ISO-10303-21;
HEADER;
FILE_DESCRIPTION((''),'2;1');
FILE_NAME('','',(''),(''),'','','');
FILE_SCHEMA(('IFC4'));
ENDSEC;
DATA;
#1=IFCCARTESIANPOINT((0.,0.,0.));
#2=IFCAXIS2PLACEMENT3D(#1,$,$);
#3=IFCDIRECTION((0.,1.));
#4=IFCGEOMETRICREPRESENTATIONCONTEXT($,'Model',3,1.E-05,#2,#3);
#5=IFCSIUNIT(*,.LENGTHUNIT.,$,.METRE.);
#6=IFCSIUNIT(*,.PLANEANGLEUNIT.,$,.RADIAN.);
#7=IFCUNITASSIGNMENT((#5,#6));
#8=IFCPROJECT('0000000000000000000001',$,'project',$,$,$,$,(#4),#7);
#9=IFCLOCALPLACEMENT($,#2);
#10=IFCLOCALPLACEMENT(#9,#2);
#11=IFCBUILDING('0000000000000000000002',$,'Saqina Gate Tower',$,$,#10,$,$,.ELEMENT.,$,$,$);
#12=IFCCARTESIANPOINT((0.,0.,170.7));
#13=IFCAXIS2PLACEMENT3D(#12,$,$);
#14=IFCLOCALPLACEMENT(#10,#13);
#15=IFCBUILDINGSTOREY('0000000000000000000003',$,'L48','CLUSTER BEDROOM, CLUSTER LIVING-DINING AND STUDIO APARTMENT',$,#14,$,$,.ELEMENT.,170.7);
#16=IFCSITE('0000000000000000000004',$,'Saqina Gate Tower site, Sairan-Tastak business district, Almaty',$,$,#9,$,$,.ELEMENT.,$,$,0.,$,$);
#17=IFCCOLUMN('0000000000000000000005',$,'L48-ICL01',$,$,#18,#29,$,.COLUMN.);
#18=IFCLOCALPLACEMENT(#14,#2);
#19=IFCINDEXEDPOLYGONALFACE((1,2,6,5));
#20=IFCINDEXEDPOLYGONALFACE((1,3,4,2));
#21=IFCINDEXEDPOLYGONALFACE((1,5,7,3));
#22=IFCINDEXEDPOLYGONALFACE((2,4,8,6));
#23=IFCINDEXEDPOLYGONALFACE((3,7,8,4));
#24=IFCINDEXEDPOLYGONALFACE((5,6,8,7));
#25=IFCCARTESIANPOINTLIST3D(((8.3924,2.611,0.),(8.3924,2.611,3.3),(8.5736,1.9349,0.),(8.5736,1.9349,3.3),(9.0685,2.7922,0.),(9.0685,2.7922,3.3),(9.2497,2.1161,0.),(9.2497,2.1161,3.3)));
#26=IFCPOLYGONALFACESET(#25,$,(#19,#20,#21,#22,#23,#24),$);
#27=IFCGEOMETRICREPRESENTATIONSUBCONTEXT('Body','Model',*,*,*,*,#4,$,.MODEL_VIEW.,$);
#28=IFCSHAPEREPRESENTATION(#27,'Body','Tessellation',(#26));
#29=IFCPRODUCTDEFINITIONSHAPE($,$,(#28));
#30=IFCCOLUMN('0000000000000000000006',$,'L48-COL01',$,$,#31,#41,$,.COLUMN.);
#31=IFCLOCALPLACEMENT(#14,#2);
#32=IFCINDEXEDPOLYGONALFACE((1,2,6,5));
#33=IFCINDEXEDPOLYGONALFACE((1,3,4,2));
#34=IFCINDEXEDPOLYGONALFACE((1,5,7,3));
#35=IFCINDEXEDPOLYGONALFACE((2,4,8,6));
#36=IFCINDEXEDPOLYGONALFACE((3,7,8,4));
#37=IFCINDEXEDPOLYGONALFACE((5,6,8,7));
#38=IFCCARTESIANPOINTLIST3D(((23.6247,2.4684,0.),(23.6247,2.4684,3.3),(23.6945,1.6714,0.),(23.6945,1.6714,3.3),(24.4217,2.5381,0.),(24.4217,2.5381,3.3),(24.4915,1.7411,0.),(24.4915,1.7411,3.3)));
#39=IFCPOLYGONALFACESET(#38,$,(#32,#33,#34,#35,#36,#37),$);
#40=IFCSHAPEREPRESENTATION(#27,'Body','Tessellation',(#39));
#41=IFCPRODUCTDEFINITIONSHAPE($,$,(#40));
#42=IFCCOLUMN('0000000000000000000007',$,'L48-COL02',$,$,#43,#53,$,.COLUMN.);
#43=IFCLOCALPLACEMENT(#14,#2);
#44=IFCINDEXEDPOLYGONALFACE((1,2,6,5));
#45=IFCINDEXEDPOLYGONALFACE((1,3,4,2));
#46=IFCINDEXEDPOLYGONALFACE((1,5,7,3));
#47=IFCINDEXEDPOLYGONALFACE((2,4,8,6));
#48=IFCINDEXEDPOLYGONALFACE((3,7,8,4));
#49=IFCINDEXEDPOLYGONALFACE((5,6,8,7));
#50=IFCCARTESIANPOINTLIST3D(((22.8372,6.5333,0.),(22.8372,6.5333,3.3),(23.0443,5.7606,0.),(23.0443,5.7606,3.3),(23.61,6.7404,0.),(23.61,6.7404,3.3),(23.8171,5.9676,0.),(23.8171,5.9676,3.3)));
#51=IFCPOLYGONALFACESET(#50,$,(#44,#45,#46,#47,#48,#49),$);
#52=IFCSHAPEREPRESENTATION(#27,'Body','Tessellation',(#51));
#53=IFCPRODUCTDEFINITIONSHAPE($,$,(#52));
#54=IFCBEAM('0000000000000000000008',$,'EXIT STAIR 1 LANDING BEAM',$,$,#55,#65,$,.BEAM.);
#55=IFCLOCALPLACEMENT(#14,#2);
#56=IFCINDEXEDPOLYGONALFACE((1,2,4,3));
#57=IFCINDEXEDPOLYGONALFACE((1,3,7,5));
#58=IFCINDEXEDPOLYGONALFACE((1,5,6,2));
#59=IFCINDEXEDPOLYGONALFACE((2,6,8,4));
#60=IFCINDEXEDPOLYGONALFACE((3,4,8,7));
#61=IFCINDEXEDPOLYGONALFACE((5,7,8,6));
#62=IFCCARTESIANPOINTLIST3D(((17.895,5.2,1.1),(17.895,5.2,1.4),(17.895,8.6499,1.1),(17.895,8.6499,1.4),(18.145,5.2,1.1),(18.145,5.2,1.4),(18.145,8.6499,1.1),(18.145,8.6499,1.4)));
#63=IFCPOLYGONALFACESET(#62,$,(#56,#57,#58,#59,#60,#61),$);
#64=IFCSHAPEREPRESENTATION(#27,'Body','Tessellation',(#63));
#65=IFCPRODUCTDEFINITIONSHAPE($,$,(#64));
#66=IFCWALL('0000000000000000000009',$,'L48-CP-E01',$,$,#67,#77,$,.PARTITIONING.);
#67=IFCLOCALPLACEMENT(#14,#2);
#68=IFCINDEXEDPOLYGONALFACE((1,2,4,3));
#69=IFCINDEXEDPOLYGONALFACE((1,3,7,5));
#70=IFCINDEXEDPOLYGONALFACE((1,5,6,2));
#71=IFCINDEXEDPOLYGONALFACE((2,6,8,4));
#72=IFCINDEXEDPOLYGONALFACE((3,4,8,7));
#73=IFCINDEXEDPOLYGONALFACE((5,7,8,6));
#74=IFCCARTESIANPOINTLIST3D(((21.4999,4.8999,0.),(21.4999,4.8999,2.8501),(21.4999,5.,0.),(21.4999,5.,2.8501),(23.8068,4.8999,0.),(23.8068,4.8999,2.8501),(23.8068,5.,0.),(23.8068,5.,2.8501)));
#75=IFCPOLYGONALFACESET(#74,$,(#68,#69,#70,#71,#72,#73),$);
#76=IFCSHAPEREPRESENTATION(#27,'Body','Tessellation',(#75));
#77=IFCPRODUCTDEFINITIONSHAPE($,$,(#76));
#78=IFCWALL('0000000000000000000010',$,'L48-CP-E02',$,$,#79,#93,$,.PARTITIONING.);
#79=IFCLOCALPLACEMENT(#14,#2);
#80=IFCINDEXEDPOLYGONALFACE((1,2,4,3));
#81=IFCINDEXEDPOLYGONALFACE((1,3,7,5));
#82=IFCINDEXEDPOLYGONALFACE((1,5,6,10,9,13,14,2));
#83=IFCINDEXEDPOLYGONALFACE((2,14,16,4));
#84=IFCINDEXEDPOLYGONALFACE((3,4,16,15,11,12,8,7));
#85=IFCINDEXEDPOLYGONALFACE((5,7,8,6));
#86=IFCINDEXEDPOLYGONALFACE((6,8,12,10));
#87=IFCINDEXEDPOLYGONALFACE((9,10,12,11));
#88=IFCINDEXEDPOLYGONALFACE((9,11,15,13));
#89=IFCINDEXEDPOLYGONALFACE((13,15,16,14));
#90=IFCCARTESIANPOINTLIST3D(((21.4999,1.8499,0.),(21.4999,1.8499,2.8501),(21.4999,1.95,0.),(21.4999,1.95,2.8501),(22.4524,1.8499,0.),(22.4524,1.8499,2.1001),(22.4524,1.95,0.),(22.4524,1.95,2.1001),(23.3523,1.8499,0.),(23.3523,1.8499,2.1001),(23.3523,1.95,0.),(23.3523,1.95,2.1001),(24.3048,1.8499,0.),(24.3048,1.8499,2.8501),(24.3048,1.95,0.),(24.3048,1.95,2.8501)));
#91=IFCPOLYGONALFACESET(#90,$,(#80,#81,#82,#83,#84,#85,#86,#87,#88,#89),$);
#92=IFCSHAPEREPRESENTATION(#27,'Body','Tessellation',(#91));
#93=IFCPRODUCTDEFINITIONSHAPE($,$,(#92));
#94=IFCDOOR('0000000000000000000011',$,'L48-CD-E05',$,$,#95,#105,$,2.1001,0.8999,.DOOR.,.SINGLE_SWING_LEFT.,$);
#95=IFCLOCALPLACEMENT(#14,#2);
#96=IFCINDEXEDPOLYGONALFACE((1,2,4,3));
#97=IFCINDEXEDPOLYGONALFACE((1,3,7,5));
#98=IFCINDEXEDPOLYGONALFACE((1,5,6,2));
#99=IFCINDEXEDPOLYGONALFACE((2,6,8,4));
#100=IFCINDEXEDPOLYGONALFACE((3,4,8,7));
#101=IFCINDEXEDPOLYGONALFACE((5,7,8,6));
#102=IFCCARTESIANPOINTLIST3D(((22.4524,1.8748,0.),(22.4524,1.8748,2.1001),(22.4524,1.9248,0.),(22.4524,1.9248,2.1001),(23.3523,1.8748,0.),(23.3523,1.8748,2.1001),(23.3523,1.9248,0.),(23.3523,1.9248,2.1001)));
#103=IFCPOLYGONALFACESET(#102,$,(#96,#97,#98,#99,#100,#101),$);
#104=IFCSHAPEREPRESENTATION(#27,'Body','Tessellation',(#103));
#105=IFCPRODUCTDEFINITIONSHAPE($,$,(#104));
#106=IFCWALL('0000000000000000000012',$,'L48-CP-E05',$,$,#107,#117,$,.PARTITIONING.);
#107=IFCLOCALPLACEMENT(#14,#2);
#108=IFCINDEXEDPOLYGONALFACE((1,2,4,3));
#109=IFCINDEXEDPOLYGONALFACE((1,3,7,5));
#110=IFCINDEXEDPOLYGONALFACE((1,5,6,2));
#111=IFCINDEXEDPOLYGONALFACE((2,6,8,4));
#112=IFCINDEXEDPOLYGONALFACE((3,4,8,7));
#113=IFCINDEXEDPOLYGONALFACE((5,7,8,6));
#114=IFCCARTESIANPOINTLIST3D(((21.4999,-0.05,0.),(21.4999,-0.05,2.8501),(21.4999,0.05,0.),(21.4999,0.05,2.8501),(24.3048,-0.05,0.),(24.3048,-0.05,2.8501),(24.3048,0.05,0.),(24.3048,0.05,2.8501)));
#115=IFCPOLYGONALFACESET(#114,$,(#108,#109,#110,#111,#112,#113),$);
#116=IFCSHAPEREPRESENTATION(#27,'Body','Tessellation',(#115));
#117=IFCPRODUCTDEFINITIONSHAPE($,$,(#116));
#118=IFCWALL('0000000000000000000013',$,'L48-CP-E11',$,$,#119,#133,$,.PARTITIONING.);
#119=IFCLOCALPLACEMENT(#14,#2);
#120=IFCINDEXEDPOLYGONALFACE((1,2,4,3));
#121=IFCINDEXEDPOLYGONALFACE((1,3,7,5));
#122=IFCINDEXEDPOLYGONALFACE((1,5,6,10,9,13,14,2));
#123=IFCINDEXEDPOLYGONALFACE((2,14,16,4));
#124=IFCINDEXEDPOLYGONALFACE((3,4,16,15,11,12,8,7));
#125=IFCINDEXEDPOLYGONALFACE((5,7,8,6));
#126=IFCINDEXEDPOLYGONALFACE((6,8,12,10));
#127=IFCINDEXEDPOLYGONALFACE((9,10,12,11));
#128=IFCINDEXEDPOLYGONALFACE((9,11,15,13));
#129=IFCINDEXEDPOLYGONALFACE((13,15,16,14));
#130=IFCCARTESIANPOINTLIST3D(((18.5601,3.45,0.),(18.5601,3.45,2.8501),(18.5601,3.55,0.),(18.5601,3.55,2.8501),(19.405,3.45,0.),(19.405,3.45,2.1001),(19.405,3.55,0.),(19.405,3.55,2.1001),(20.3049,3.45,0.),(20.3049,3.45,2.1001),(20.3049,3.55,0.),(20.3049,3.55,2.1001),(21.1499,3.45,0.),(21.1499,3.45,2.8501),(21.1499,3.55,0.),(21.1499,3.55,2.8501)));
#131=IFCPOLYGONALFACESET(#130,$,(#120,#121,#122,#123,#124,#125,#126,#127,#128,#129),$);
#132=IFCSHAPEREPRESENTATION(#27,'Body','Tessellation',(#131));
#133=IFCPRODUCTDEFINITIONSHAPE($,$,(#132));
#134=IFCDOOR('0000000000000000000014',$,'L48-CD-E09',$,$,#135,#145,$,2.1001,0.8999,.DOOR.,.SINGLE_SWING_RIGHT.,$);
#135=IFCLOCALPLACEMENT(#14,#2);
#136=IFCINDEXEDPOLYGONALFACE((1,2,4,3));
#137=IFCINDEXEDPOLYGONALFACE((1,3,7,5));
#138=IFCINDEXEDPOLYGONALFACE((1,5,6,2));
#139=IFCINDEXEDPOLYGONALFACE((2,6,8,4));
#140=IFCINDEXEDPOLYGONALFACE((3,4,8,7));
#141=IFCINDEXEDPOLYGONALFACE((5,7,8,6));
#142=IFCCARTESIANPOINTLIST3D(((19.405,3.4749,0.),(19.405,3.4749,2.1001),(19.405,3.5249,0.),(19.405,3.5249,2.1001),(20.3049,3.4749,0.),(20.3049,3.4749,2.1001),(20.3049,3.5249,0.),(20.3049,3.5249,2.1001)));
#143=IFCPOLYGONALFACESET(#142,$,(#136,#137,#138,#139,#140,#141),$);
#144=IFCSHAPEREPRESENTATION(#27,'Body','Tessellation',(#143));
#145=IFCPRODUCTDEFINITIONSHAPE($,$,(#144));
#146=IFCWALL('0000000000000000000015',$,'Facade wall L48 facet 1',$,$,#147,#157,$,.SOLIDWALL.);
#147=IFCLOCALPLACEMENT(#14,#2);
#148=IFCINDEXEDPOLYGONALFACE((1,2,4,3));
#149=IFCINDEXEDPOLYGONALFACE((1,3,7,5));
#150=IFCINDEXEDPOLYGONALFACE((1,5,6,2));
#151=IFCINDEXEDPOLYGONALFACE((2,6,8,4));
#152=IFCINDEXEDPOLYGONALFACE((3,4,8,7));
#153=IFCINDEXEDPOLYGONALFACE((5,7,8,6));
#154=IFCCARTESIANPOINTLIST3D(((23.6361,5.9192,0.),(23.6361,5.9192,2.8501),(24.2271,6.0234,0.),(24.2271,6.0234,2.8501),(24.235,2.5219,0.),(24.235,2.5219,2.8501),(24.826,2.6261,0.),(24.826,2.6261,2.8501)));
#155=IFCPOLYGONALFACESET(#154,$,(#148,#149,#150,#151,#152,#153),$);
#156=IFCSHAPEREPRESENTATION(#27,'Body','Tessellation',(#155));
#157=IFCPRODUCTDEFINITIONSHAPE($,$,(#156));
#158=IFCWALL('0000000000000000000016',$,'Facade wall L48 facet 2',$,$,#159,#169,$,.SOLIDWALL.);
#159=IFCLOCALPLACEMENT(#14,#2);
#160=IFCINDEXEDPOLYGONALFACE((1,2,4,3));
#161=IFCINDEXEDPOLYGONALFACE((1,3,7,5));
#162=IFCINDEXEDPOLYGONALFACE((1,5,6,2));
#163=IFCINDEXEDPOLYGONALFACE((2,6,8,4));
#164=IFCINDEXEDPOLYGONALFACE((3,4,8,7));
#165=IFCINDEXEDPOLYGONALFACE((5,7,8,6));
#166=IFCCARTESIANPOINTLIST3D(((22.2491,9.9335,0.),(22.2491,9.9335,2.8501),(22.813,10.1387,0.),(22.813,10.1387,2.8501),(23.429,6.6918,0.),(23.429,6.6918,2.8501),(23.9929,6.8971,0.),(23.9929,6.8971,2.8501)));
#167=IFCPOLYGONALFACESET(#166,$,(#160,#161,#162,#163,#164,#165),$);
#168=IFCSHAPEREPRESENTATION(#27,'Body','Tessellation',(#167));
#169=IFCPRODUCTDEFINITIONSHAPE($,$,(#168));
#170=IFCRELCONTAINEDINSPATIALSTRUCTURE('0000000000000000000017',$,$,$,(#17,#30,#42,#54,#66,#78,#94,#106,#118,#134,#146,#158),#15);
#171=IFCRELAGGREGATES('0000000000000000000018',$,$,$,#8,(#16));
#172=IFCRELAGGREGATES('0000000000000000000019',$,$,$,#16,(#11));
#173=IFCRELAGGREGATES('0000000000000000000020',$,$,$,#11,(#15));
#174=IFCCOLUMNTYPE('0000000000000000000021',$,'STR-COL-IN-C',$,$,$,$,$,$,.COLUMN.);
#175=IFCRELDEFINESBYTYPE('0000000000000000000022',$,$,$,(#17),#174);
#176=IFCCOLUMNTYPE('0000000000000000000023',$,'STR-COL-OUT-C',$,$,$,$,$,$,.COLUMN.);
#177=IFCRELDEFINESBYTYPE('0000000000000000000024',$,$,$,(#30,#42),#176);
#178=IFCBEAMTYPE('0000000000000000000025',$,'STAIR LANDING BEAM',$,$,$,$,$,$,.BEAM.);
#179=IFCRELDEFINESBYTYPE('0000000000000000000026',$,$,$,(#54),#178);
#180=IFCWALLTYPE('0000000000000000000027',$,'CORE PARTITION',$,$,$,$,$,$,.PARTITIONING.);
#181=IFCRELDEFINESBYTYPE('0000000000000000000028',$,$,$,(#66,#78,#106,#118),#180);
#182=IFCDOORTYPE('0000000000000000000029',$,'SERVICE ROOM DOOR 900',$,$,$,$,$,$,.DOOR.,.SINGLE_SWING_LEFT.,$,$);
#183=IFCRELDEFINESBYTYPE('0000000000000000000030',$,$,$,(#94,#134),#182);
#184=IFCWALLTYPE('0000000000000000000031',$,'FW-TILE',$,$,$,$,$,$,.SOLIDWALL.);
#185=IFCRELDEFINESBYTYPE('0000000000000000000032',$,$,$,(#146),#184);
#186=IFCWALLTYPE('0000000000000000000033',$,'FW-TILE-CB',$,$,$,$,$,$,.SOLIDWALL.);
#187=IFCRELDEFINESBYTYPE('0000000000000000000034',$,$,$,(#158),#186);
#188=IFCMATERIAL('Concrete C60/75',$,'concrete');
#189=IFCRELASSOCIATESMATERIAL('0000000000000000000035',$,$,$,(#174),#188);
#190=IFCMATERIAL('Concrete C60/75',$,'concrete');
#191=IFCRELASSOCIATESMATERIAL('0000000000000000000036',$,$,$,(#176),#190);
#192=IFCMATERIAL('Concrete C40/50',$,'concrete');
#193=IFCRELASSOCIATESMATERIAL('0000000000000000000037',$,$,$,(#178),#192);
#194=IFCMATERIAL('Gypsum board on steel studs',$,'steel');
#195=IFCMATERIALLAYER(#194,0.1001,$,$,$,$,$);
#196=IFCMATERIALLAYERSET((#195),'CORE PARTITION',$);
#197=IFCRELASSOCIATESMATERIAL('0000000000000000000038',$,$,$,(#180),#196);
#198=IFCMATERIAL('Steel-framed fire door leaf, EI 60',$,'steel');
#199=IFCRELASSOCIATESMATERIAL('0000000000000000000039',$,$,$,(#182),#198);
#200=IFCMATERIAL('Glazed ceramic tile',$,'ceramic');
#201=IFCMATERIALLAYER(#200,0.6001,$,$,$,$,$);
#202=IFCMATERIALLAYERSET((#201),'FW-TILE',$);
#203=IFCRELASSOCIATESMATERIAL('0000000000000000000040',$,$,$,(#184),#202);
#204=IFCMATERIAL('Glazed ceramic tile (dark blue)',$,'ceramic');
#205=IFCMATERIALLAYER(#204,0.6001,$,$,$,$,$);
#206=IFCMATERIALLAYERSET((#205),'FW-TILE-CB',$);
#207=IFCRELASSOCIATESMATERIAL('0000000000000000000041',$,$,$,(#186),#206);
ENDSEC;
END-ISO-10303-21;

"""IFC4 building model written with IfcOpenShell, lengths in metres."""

from ifc_helpers import new_model, si_unit, direction, frame, frame_2d, origin, origin_2d, place, context, subcontext, project, spatial, rectangle, extrude, material, layer, layer_set, material_profile, profile_set, type_object, element, fill, save


model = new_model("IFC4")

# Units and contexts
model_context = context("Model", 3, precision=1e-05, world=origin(), true_north=direction((0.0, 1.0)))
body_context = subcontext(model_context, "Body", "Model", "MODEL_VIEW")
ifc_project = project(units=[si_unit("LENGTHUNIT", "METRE"), si_unit("PLANEANGLEUNIT", "RADIAN")], contexts=[model_context])

# Site, building, storey
site_placement = place(None, origin())
site = spatial("IfcSite", under=ifc_project, at=site_placement, Name="Saqina Gate Tower site, Sairan-Tastak business district, Almaty", CompositionType="ELEMENT", RefElevation=0.0)
building_placement = place(site_placement, origin())
building = spatial("IfcBuilding", under=site, at=building_placement, Name="Saqina Gate Tower", CompositionType="ELEMENT")
storey_placement = place(building_placement, frame((0.0, 0.0, 170.7)))
storey = spatial("IfcBuildingStorey", under=building, at=storey_placement, Name="L48", Description="CLUSTER BEDROOM, CLUSTER LIVING-DINING AND STUDIO APARTMENT", CompositionType="ELEMENT", Elevation=170.7)

# Columns
ifc_material_1 = material(Name="Concrete C60/75", Category="concrete")
ifc_material_profile_1 = material_profile(ifc_material_1, rectangle(XDim=0.7, YDim=0.7, at=origin_2d()), Name="RC 700x700")
ifc_profile_set_1 = profile_set([ifc_material_profile_1], Name="Concrete C60/75")
column_type_1 = type_object("IfcColumnType", Name="STR-COL-IN-C", PredefinedType="COLUMN", material=ifc_profile_set_1)
column_placement = place(storey_placement, frame((8.821, 2.3635, 0.0), z_axis=(0.0, 0.0, 1.0), x_axis=(0.965926, 0.258819, 0.0)))
element("IfcColumn", 1, at=column_placement, inside=storey, type_object=column_type_1, Name="L48-ICL01", PredefinedType="COLUMN", context=body_context, shape_type="SweptSolid", body=[
    extrude(rectangle(XDim=0.7, YDim=0.7, at=origin_2d()), origin(), (0.0, 0.0, 1.0), 3.3),
])
ifc_material_2 = material(Name="Concrete C60/75", Category="concrete")
ifc_material_profile_2 = material_profile(ifc_material_2, rectangle(XDim=0.8, YDim=0.8, at=origin_2d()), Name="RC 800x800")
ifc_profile_set_2 = profile_set([ifc_material_profile_2], Name="Concrete C60/75")
column_type_2 = type_object("IfcColumnType", Name="STR-COL-OUT-C", PredefinedType="COLUMN", material=ifc_profile_set_2)
for number, where, z_axis, x_axis, name in (
    (2, (24.0581, 2.1047, 0.0), (0.0, 0.0, 1.0), (0.996195, 0.087156, 0.0), "L48-COL01"),
    (3, (23.3271, 6.2505, 0.0), (0.0, 0.0, 1.0), (0.965926, 0.258819, 0.0), "L48-COL02"),
):
    element("IfcColumn", number, at=place(storey_placement, frame(where, z_axis=z_axis, x_axis=x_axis)), inside=storey, type_object=column_type_2, Name=name, PredefinedType="COLUMN", context=body_context, shape_type="SweptSolid", body=[
        extrude(rectangle(XDim=0.8, YDim=0.8, at=origin_2d()), origin(), (0.0, 0.0, 1.0), 3.3),
    ])

# Beam
ifc_material_3 = material(Name="Concrete C40/50", Category="concrete")
ifc_material_profile_3 = material_profile(ifc_material_3, rectangle(XDim=0.25, YDim=0.3, at=origin_2d()), Name="STAIR LANDING BEAM")
ifc_profile_set_3 = profile_set([ifc_material_profile_3], Name="Concrete C40/50")
beam_type = type_object("IfcBeamType", Name="STAIR LANDING BEAM", PredefinedType="BEAM", material=ifc_profile_set_3)
beam_placement = place(storey_placement, frame((18.02, 5.2, 1.25), z_axis=(0.0, 1.0, 0.0), x_axis=(-1.0, 0.0, 0.0)))
element("IfcBeam", 4, at=beam_placement, inside=storey, type_object=beam_type, Name="EXIT STAIR 1 LANDING BEAM", PredefinedType="BEAM", context=body_context, shape_type="SweptSolid", body=[
    extrude(rectangle(XDim=0.25, YDim=0.3, at=origin_2d()), origin(), (0.0, 0.0, 1.0), 3.45),
])

# Wall
ifc_material_4 = material(Name="Gypsum board on steel studs", Category="steel")
ifc_layer_1 = layer(ifc_material_4, 0.1001)
ifc_layer_set_1 = layer_set([ifc_layer_1], Name="CORE PARTITION")
wall_type_1 = type_object("IfcWallType", Name="CORE PARTITION", PredefinedType="PARTITIONING", material=ifc_layer_set_1)
wall_1_placement = place(storey_placement, frame((21.5, 4.95, 0.0), z_axis=(0.0, 0.0, 1.0), x_axis=(1.0, 0.0, 0.0)))
element("IfcWall", 5, at=wall_1_placement, inside=storey, type_object=wall_type_1, Name="L48-CP-E01", PredefinedType="PARTITIONING", context=body_context, shape_type="SweptSolid", body=[
    extrude(rectangle(XDim=2.3069, YDim=0.1001, at=frame_2d((1.1533, 0.0))), origin(), (0.0, 0.0, 1.0), 2.8501),
])

# Wall, opening, door
wall_2_placement = place(storey_placement, frame((21.5, 1.8999, 0.0), z_axis=(0.0, 0.0, 1.0), x_axis=(1.0, 0.0, 0.0)))
wall_2 = element("IfcWall", 6, at=wall_2_placement, inside=storey, type_object=wall_type_1, Name="L48-CP-E02", PredefinedType="PARTITIONING", context=body_context, shape_type="SweptSolid", body=[
    extrude(rectangle(XDim=2.8049, YDim=0.1001, at=frame_2d((1.4023, 0.0))), origin(), (0.0, 0.0, 1.0), 2.8501),
])
opening_1_placement = place(wall_2_placement, frame((0.9524, 0.0, 0.0)))
opening_1 = element("IfcOpeningElement", 7, at=opening_1_placement, cuts=wall_2, PredefinedType="OPENING", context=body_context, shape_type="SweptSolid", body=[
    extrude(rectangle(XDim=0.8999, YDim=2.1001, at=frame_2d((0.45, 1.05))), frame((0.0, 0.062, 0.0), z_axis=(0.0, -1.0, 0.0), x_axis=(1.0, 0.0, 0.0)), (0.0, 0.0, 1.0), 0.124),
])
ifc_material_5 = material(Name="Steel-framed fire door leaf, EI 60", Category="steel")
door_type_1 = type_object("IfcDoorType", Name="SERVICE ROOM DOOR 900", OperationType="SINGLE_SWING_LEFT", PredefinedType="DOOR", material=ifc_material_5)
door_1_placement = place(opening_1_placement, origin())
door_1 = element("IfcDoor", 8, at=door_1_placement, inside=storey, type_object=door_type_1, Name="L48-CD-E05", OperationType="SINGLE_SWING_LEFT", OverallHeight=2.1001, OverallWidth=0.8999, PredefinedType="DOOR", context=body_context, shape_type="SweptSolid", body=[
    extrude(rectangle(XDim=0.8999, YDim=2.1001, at=frame_2d((0.45, 1.05))), frame((0.0, 0.0249, 0.0), z_axis=(0.0, -1.0, 0.0), x_axis=(1.0, 0.0, 0.0)), (0.0, 0.0, 1.0), 0.05),
])
fill(opening_1, door_1)

# Wall
wall_3_placement = place(storey_placement, frame((21.5, 0.0, 0.0), z_axis=(0.0, 0.0, 1.0), x_axis=(1.0, 0.0, 0.0)))
element("IfcWall", 9, at=wall_3_placement, inside=storey, type_object=wall_type_1, Name="L48-CP-E05", PredefinedType="PARTITIONING", context=body_context, shape_type="SweptSolid", body=[
    extrude(rectangle(XDim=2.8049, YDim=0.1001, at=frame_2d((1.4023, 0.0))), origin(), (0.0, 0.0, 1.0), 2.8501),
])

# Wall, opening, door
wall_4_placement = place(storey_placement, frame((18.5601, 3.5, 0.0), z_axis=(0.0, 0.0, 1.0), x_axis=(1.0, 0.0, 0.0)))
wall_4 = element("IfcWall", 10, at=wall_4_placement, inside=storey, type_object=wall_type_1, Name="L48-CP-E11", PredefinedType="PARTITIONING", context=body_context, shape_type="SweptSolid", body=[
    extrude(rectangle(XDim=2.5898, YDim=0.1001, at=frame_2d((1.2949, 0.0))), origin(), (0.0, 0.0, 1.0), 2.8501),
])
opening_2_placement = place(wall_4_placement, frame((0.845, 0.0, 0.0)))
opening_2 = element("IfcOpeningElement", 11, at=opening_2_placement, cuts=wall_4, PredefinedType="OPENING", context=body_context, shape_type="SweptSolid", body=[
    extrude(rectangle(XDim=0.8999, YDim=2.1001, at=frame_2d((0.45, 1.05))), frame((0.0, 0.062, 0.0), z_axis=(0.0, -1.0, 0.0), x_axis=(1.0, 0.0, 0.0)), (0.0, 0.0, 1.0), 0.124),
])
door_2_placement = place(opening_2_placement, origin())
door_2 = element("IfcDoor", 12, at=door_2_placement, inside=storey, type_object=door_type_1, Name="L48-CD-E09", OperationType="SINGLE_SWING_RIGHT", OverallHeight=2.1001, OverallWidth=0.8999, PredefinedType="DOOR", context=body_context, shape_type="SweptSolid", body=[
    extrude(rectangle(XDim=0.8999, YDim=2.1001, at=frame_2d((0.45, 1.05))), frame((0.0, 0.0249, 0.0), z_axis=(0.0, -1.0, 0.0), x_axis=(1.0, 0.0, 0.0)), (0.0, 0.0, 1.0), 0.05),
])
fill(opening_2, door_2)

# Walls
ifc_material_6 = material(Name="Glazed ceramic tile", Category="ceramic")
ifc_layer_2 = layer(ifc_material_6, 0.6001)
ifc_layer_set_2 = layer_set([ifc_layer_2], Name="FW-TILE")
wall_type_2 = type_object("IfcWallType", Name="FW-TILE", PredefinedType="SOLIDWALL", material=ifc_layer_set_2)
wall_5_placement = place(storey_placement, frame((24.5305, 2.574, 0.0), z_axis=(0.0, 0.0, 1.0), x_axis=(-0.173608, 0.984815, 0.0)))
element("IfcWall", 13, at=wall_5_placement, inside=storey, type_object=wall_type_2, Name="Facade wall L48 facet 1", PredefinedType="SOLIDWALL", context=body_context, shape_type="SweptSolid", body=[
    extrude(rectangle(XDim=3.4497, YDim=0.6001, at=frame_2d((1.7249, 0.0))), origin(), (0.0, 0.0, 1.0), 2.8501),
])
ifc_material_7 = material(Name="Glazed ceramic tile (dark blue)", Category="ceramic")
ifc_layer_3 = layer(ifc_material_7, 0.6001)
ifc_layer_set_3 = layer_set([ifc_layer_3], Name="FW-TILE-CB")
wall_type_3 = type_object("IfcWallType", Name="FW-TILE-CB", PredefinedType="SOLIDWALL", material=ifc_layer_set_3)
wall_6_placement = place(storey_placement, frame((23.7109, 6.7944, 0.0), z_axis=(0.0, 0.0, 1.0), x_axis=(-0.342033, 0.939688, 0.0)))
element("IfcWall", 14, at=wall_6_placement, inside=storey, type_object=wall_type_3, Name="Facade wall L48 facet 2", PredefinedType="SOLIDWALL", context=body_context, shape_type="SweptSolid", body=[
    extrude(rectangle(XDim=3.4497, YDim=0.6001, at=frame_2d((1.7249, 0.0))), origin(), (0.0, 0.0, 1.0), 2.8501),
])

save(model, "model.ifc")
